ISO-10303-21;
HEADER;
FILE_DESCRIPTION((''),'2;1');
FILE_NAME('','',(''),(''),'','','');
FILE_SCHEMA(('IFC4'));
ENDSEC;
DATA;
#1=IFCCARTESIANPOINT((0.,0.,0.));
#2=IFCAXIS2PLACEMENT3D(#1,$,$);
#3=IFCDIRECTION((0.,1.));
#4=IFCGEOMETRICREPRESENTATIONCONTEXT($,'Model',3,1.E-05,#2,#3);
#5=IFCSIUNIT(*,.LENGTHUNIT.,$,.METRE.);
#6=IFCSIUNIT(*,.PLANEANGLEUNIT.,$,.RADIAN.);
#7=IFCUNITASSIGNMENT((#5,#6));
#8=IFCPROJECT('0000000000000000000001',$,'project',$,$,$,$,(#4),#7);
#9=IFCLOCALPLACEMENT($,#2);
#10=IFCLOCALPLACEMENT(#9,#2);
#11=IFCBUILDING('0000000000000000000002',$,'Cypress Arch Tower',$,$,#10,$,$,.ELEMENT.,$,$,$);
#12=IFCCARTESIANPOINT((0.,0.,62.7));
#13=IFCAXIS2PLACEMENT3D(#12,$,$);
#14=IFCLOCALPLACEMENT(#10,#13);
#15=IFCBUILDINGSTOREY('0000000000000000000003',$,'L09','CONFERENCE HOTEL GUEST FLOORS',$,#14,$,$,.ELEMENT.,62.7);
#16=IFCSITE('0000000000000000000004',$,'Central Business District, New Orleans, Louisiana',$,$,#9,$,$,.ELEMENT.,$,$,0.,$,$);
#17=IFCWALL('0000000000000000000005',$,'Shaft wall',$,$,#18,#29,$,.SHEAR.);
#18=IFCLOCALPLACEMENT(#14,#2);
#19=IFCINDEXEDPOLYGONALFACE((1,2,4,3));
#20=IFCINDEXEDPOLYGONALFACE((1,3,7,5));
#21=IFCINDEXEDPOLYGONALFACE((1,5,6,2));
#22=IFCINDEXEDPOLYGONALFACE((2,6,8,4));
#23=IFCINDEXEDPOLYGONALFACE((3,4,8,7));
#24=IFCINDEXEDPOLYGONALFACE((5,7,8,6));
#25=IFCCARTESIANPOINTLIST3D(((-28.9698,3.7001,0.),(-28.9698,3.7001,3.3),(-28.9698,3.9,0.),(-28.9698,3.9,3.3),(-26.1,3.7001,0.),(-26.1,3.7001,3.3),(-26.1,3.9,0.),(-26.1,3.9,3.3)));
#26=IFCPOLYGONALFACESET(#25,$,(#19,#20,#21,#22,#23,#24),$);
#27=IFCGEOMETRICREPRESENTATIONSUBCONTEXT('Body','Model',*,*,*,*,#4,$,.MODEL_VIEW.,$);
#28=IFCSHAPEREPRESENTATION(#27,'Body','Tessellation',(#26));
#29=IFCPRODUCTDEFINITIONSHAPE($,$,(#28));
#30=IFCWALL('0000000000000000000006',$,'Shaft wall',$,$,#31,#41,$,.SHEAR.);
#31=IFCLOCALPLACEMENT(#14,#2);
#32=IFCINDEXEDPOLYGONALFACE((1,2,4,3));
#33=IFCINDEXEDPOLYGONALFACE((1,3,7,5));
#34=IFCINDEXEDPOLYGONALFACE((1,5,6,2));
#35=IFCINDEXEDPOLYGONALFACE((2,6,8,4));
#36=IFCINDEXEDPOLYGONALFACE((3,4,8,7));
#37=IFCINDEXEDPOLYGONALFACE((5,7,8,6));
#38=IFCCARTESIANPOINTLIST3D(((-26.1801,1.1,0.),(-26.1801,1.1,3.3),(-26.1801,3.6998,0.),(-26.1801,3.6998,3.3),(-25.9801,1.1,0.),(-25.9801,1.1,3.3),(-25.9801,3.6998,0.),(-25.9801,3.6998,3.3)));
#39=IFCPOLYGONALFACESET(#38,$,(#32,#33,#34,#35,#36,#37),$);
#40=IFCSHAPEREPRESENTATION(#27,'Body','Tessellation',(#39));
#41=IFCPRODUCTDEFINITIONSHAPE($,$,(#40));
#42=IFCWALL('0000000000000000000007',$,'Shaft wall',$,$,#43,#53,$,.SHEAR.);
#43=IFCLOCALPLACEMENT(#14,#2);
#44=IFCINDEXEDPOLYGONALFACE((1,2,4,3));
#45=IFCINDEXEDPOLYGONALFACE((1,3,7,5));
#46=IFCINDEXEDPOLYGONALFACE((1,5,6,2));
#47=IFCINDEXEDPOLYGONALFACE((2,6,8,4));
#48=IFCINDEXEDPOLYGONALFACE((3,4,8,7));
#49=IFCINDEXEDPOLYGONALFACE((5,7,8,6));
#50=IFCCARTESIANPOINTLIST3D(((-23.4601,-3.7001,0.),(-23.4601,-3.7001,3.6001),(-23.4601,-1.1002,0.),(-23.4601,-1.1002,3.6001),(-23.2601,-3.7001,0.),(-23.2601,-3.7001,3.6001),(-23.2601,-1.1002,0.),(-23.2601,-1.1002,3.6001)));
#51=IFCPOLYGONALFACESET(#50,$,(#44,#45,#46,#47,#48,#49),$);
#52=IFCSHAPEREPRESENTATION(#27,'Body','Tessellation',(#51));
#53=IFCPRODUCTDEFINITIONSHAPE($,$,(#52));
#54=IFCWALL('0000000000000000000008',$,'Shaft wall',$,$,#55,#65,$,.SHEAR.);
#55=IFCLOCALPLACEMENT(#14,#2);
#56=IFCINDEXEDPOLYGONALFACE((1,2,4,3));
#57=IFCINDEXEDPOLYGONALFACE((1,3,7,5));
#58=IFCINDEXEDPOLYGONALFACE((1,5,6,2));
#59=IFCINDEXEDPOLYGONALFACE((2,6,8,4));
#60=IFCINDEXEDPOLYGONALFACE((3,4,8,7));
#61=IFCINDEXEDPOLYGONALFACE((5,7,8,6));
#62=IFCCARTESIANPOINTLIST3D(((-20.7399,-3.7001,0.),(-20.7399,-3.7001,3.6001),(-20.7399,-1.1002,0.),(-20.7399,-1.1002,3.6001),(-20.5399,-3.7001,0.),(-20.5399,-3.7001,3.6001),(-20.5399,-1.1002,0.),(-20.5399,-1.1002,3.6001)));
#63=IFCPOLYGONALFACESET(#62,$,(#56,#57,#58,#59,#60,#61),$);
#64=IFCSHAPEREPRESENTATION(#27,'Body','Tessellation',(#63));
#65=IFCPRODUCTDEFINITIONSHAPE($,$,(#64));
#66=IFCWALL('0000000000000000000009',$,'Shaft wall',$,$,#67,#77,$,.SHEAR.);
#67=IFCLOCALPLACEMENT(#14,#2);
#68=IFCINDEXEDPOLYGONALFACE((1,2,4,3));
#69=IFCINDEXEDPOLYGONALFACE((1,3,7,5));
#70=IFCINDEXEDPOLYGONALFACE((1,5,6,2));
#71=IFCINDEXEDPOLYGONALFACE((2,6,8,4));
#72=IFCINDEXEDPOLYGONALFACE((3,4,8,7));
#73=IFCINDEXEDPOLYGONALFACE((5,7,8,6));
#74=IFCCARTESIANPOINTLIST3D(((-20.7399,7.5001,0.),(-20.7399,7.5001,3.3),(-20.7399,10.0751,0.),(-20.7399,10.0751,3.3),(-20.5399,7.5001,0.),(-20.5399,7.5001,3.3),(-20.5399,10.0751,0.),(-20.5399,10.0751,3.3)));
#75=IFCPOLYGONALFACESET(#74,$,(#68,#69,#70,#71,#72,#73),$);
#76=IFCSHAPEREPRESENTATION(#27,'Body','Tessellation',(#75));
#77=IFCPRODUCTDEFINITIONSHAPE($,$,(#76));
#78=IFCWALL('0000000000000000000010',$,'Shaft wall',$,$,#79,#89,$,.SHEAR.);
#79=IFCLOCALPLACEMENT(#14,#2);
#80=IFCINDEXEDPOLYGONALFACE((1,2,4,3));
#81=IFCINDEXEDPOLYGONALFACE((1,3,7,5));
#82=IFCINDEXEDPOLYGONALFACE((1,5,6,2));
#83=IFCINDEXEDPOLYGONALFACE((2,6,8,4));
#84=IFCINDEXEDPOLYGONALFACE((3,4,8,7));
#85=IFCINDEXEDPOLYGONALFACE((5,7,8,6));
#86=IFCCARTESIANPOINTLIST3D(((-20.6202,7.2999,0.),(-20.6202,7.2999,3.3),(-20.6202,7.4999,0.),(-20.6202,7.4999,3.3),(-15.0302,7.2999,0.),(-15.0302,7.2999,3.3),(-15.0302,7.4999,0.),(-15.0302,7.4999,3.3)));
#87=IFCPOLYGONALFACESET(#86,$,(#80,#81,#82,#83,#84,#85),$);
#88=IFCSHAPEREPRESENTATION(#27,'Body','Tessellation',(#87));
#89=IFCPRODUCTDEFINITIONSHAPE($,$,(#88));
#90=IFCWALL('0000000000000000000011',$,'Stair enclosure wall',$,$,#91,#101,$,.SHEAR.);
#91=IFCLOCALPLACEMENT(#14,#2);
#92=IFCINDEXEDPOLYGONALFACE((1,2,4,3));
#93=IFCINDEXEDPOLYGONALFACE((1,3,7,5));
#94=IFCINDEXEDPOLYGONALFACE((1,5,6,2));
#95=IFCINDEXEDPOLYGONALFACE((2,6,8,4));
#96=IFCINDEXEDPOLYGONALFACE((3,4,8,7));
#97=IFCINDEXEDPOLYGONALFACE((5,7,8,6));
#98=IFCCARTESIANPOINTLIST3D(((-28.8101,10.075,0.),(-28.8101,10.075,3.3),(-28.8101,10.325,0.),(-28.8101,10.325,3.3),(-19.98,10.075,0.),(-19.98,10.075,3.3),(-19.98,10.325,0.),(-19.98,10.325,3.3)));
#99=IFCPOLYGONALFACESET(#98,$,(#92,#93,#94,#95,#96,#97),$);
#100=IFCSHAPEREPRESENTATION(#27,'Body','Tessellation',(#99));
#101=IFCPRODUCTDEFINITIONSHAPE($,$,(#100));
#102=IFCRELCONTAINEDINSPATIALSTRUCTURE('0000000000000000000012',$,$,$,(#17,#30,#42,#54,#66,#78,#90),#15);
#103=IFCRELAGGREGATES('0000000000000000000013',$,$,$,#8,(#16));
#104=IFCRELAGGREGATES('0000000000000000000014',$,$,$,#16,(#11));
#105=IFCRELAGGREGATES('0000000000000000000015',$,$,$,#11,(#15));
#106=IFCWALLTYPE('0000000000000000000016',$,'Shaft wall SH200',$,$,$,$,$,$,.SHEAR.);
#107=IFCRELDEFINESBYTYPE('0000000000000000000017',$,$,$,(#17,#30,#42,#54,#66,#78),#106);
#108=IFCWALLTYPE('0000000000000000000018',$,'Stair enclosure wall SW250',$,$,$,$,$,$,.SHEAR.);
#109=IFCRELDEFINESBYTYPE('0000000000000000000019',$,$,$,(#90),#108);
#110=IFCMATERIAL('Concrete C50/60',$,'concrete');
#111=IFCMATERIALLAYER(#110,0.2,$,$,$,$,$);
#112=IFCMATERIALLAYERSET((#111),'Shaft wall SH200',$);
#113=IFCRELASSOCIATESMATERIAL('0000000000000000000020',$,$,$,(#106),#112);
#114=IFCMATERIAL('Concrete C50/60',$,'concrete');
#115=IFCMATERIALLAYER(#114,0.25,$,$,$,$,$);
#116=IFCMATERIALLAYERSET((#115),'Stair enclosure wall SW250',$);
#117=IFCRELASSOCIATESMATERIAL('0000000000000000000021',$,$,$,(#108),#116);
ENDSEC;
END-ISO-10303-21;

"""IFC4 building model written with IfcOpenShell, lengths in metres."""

from ifc_helpers import new_model, si_unit, direction, frame, frame_2d, origin, place, context, subcontext, project, spatial, rectangle, extrude, material, layer, layer_set, type_object, element, save


model = new_model("IFC4")

# Units and contexts
model_context = context("Model", 3, precision=1e-05, world=origin(), true_north=direction((0.0, 1.0)))
body_context = subcontext(model_context, "Body", "Model", "MODEL_VIEW")
ifc_project = project(units=[si_unit("LENGTHUNIT", "METRE"), si_unit("PLANEANGLEUNIT", "RADIAN")], contexts=[model_context])

# Site, building, storey
site_placement = place(None, origin())
site = spatial("IfcSite", under=ifc_project, at=site_placement, Name="Central Business District, New Orleans, Louisiana", CompositionType="ELEMENT", RefElevation=0.0)
building_placement = place(site_placement, origin())
building = spatial("IfcBuilding", under=site, at=building_placement, Name="Cypress Arch Tower", CompositionType="ELEMENT")
storey_placement = place(building_placement, frame((0.0, 0.0, 62.7)))
storey = spatial("IfcBuildingStorey", under=building, at=storey_placement, Name="L09", Description="CONFERENCE HOTEL GUEST FLOORS", CompositionType="ELEMENT", Elevation=62.7)

# Walls
ifc_material_1 = material(Name="Concrete C50/60", Category="concrete")
ifc_layer_1 = layer(ifc_material_1, 0.2)
ifc_layer_set_1 = layer_set([ifc_layer_1], Name="Shaft wall SH200")
wall_type_1 = type_object("IfcWallType", Name="Shaft wall SH200", PredefinedType="SHEAR", material=ifc_layer_set_1)
for number, where, z_axis, x_axis, name in (
    (1, (-28.97, 3.8, 0.0), (0.0, 0.0, 1.0), (1.0, 0.0, 0.0), "Shaft wall"),
):
    element("IfcWall", number, at=place(storey_placement, frame(where, z_axis=z_axis, x_axis=x_axis)), inside=storey, type_object=wall_type_1, Name=name, PredefinedType="SHEAR", context=body_context, shape_type="SweptSolid", body=[
        extrude(rectangle(XDim=2.8699, YDim=0.2, at=frame_2d((1.4351, 0.0))), origin(), (0.0, 0.0, 1.0), 3.3),
    ])
wall_1_placement = place(storey_placement, frame((-26.0801, 1.1001, 0.0), z_axis=(0.0, 0.0, 1.0), x_axis=(0.0, 1.0, 0.0)))
element("IfcWall", 2, at=wall_1_placement, inside=storey, type_object=wall_type_1, Name="Shaft wall", PredefinedType="SHEAR", context=body_context, shape_type="SweptSolid", body=[
    extrude(rectangle(XDim=2.5999, YDim=0.2, at=frame_2d((1.2998, 0.0))), origin(), (0.0, 0.0, 1.0), 3.3),
])
for number, where, z_axis, x_axis, name in (
    (3, (-23.3601, -3.7, 0.0), (0.0, 0.0, 1.0), (0.0, 1.0, 0.0), "Shaft wall"),
    (4, (-20.6399, -3.7, 0.0), (0.0, 0.0, 1.0), (0.0, 1.0, 0.0), "Shaft wall"),
):
    element("IfcWall", number, at=place(storey_placement, frame(where, z_axis=z_axis, x_axis=x_axis)), inside=storey, type_object=wall_type_1, Name=name, PredefinedType="SHEAR", context=body_context, shape_type="SweptSolid", body=[
        extrude(rectangle(XDim=2.5999, YDim=0.2, at=frame_2d((1.2998, 0.0))), origin(), (0.0, 0.0, 1.0), 3.6001),
    ])
wall_2_placement = place(storey_placement, frame((-20.6399, 7.5, 0.0), z_axis=(0.0, 0.0, 1.0), x_axis=(0.0, 1.0, 0.0)))
element("IfcWall", 5, at=wall_2_placement, inside=storey, type_object=wall_type_1, Name="Shaft wall", PredefinedType="SHEAR", context=body_context, shape_type="SweptSolid", body=[
    extrude(rectangle(XDim=2.575, YDim=0.2, at=frame_2d((1.2876, 0.0))), origin(), (0.0, 0.0, 1.0), 3.3),
])
wall_3_placement = place(storey_placement, frame((-20.6201, 7.3999, 0.0), z_axis=(0.0, 0.0, 1.0), x_axis=(1.0, 0.0, 0.0)))
element("IfcWall", 6, at=wall_3_placement, inside=storey, type_object=wall_type_1, Name="Shaft wall", PredefinedType="SHEAR", context=body_context, shape_type="SweptSolid", body=[
    extrude(rectangle(XDim=5.5901, YDim=0.2, at=frame_2d((2.7949, 0.0))), origin(), (0.0, 0.0, 1.0), 3.3),
])
ifc_material_2 = material(Name="Concrete C50/60", Category="concrete")
ifc_layer_2 = layer(ifc_material_2, 0.25)
ifc_layer_set_2 = layer_set([ifc_layer_2], Name="Stair enclosure wall SW250")
wall_type_2 = type_object("IfcWallType", Name="Stair enclosure wall SW250", PredefinedType="SHEAR", material=ifc_layer_set_2)
wall_4_placement = place(storey_placement, frame((-28.8101, 10.2, 0.0), z_axis=(0.0, 0.0, 1.0), x_axis=(1.0, 0.0, 0.0)))
element("IfcWall", 7, at=wall_4_placement, inside=storey, type_object=wall_type_2, Name="Stair enclosure wall", PredefinedType="SHEAR", context=body_context, shape_type="SweptSolid", body=[
    extrude(rectangle(XDim=8.8301, YDim=0.25, at=frame_2d((4.415, 0.0))), origin(), (0.0, 0.0, 1.0), 3.3),
])

save(model, "model.ifc")
